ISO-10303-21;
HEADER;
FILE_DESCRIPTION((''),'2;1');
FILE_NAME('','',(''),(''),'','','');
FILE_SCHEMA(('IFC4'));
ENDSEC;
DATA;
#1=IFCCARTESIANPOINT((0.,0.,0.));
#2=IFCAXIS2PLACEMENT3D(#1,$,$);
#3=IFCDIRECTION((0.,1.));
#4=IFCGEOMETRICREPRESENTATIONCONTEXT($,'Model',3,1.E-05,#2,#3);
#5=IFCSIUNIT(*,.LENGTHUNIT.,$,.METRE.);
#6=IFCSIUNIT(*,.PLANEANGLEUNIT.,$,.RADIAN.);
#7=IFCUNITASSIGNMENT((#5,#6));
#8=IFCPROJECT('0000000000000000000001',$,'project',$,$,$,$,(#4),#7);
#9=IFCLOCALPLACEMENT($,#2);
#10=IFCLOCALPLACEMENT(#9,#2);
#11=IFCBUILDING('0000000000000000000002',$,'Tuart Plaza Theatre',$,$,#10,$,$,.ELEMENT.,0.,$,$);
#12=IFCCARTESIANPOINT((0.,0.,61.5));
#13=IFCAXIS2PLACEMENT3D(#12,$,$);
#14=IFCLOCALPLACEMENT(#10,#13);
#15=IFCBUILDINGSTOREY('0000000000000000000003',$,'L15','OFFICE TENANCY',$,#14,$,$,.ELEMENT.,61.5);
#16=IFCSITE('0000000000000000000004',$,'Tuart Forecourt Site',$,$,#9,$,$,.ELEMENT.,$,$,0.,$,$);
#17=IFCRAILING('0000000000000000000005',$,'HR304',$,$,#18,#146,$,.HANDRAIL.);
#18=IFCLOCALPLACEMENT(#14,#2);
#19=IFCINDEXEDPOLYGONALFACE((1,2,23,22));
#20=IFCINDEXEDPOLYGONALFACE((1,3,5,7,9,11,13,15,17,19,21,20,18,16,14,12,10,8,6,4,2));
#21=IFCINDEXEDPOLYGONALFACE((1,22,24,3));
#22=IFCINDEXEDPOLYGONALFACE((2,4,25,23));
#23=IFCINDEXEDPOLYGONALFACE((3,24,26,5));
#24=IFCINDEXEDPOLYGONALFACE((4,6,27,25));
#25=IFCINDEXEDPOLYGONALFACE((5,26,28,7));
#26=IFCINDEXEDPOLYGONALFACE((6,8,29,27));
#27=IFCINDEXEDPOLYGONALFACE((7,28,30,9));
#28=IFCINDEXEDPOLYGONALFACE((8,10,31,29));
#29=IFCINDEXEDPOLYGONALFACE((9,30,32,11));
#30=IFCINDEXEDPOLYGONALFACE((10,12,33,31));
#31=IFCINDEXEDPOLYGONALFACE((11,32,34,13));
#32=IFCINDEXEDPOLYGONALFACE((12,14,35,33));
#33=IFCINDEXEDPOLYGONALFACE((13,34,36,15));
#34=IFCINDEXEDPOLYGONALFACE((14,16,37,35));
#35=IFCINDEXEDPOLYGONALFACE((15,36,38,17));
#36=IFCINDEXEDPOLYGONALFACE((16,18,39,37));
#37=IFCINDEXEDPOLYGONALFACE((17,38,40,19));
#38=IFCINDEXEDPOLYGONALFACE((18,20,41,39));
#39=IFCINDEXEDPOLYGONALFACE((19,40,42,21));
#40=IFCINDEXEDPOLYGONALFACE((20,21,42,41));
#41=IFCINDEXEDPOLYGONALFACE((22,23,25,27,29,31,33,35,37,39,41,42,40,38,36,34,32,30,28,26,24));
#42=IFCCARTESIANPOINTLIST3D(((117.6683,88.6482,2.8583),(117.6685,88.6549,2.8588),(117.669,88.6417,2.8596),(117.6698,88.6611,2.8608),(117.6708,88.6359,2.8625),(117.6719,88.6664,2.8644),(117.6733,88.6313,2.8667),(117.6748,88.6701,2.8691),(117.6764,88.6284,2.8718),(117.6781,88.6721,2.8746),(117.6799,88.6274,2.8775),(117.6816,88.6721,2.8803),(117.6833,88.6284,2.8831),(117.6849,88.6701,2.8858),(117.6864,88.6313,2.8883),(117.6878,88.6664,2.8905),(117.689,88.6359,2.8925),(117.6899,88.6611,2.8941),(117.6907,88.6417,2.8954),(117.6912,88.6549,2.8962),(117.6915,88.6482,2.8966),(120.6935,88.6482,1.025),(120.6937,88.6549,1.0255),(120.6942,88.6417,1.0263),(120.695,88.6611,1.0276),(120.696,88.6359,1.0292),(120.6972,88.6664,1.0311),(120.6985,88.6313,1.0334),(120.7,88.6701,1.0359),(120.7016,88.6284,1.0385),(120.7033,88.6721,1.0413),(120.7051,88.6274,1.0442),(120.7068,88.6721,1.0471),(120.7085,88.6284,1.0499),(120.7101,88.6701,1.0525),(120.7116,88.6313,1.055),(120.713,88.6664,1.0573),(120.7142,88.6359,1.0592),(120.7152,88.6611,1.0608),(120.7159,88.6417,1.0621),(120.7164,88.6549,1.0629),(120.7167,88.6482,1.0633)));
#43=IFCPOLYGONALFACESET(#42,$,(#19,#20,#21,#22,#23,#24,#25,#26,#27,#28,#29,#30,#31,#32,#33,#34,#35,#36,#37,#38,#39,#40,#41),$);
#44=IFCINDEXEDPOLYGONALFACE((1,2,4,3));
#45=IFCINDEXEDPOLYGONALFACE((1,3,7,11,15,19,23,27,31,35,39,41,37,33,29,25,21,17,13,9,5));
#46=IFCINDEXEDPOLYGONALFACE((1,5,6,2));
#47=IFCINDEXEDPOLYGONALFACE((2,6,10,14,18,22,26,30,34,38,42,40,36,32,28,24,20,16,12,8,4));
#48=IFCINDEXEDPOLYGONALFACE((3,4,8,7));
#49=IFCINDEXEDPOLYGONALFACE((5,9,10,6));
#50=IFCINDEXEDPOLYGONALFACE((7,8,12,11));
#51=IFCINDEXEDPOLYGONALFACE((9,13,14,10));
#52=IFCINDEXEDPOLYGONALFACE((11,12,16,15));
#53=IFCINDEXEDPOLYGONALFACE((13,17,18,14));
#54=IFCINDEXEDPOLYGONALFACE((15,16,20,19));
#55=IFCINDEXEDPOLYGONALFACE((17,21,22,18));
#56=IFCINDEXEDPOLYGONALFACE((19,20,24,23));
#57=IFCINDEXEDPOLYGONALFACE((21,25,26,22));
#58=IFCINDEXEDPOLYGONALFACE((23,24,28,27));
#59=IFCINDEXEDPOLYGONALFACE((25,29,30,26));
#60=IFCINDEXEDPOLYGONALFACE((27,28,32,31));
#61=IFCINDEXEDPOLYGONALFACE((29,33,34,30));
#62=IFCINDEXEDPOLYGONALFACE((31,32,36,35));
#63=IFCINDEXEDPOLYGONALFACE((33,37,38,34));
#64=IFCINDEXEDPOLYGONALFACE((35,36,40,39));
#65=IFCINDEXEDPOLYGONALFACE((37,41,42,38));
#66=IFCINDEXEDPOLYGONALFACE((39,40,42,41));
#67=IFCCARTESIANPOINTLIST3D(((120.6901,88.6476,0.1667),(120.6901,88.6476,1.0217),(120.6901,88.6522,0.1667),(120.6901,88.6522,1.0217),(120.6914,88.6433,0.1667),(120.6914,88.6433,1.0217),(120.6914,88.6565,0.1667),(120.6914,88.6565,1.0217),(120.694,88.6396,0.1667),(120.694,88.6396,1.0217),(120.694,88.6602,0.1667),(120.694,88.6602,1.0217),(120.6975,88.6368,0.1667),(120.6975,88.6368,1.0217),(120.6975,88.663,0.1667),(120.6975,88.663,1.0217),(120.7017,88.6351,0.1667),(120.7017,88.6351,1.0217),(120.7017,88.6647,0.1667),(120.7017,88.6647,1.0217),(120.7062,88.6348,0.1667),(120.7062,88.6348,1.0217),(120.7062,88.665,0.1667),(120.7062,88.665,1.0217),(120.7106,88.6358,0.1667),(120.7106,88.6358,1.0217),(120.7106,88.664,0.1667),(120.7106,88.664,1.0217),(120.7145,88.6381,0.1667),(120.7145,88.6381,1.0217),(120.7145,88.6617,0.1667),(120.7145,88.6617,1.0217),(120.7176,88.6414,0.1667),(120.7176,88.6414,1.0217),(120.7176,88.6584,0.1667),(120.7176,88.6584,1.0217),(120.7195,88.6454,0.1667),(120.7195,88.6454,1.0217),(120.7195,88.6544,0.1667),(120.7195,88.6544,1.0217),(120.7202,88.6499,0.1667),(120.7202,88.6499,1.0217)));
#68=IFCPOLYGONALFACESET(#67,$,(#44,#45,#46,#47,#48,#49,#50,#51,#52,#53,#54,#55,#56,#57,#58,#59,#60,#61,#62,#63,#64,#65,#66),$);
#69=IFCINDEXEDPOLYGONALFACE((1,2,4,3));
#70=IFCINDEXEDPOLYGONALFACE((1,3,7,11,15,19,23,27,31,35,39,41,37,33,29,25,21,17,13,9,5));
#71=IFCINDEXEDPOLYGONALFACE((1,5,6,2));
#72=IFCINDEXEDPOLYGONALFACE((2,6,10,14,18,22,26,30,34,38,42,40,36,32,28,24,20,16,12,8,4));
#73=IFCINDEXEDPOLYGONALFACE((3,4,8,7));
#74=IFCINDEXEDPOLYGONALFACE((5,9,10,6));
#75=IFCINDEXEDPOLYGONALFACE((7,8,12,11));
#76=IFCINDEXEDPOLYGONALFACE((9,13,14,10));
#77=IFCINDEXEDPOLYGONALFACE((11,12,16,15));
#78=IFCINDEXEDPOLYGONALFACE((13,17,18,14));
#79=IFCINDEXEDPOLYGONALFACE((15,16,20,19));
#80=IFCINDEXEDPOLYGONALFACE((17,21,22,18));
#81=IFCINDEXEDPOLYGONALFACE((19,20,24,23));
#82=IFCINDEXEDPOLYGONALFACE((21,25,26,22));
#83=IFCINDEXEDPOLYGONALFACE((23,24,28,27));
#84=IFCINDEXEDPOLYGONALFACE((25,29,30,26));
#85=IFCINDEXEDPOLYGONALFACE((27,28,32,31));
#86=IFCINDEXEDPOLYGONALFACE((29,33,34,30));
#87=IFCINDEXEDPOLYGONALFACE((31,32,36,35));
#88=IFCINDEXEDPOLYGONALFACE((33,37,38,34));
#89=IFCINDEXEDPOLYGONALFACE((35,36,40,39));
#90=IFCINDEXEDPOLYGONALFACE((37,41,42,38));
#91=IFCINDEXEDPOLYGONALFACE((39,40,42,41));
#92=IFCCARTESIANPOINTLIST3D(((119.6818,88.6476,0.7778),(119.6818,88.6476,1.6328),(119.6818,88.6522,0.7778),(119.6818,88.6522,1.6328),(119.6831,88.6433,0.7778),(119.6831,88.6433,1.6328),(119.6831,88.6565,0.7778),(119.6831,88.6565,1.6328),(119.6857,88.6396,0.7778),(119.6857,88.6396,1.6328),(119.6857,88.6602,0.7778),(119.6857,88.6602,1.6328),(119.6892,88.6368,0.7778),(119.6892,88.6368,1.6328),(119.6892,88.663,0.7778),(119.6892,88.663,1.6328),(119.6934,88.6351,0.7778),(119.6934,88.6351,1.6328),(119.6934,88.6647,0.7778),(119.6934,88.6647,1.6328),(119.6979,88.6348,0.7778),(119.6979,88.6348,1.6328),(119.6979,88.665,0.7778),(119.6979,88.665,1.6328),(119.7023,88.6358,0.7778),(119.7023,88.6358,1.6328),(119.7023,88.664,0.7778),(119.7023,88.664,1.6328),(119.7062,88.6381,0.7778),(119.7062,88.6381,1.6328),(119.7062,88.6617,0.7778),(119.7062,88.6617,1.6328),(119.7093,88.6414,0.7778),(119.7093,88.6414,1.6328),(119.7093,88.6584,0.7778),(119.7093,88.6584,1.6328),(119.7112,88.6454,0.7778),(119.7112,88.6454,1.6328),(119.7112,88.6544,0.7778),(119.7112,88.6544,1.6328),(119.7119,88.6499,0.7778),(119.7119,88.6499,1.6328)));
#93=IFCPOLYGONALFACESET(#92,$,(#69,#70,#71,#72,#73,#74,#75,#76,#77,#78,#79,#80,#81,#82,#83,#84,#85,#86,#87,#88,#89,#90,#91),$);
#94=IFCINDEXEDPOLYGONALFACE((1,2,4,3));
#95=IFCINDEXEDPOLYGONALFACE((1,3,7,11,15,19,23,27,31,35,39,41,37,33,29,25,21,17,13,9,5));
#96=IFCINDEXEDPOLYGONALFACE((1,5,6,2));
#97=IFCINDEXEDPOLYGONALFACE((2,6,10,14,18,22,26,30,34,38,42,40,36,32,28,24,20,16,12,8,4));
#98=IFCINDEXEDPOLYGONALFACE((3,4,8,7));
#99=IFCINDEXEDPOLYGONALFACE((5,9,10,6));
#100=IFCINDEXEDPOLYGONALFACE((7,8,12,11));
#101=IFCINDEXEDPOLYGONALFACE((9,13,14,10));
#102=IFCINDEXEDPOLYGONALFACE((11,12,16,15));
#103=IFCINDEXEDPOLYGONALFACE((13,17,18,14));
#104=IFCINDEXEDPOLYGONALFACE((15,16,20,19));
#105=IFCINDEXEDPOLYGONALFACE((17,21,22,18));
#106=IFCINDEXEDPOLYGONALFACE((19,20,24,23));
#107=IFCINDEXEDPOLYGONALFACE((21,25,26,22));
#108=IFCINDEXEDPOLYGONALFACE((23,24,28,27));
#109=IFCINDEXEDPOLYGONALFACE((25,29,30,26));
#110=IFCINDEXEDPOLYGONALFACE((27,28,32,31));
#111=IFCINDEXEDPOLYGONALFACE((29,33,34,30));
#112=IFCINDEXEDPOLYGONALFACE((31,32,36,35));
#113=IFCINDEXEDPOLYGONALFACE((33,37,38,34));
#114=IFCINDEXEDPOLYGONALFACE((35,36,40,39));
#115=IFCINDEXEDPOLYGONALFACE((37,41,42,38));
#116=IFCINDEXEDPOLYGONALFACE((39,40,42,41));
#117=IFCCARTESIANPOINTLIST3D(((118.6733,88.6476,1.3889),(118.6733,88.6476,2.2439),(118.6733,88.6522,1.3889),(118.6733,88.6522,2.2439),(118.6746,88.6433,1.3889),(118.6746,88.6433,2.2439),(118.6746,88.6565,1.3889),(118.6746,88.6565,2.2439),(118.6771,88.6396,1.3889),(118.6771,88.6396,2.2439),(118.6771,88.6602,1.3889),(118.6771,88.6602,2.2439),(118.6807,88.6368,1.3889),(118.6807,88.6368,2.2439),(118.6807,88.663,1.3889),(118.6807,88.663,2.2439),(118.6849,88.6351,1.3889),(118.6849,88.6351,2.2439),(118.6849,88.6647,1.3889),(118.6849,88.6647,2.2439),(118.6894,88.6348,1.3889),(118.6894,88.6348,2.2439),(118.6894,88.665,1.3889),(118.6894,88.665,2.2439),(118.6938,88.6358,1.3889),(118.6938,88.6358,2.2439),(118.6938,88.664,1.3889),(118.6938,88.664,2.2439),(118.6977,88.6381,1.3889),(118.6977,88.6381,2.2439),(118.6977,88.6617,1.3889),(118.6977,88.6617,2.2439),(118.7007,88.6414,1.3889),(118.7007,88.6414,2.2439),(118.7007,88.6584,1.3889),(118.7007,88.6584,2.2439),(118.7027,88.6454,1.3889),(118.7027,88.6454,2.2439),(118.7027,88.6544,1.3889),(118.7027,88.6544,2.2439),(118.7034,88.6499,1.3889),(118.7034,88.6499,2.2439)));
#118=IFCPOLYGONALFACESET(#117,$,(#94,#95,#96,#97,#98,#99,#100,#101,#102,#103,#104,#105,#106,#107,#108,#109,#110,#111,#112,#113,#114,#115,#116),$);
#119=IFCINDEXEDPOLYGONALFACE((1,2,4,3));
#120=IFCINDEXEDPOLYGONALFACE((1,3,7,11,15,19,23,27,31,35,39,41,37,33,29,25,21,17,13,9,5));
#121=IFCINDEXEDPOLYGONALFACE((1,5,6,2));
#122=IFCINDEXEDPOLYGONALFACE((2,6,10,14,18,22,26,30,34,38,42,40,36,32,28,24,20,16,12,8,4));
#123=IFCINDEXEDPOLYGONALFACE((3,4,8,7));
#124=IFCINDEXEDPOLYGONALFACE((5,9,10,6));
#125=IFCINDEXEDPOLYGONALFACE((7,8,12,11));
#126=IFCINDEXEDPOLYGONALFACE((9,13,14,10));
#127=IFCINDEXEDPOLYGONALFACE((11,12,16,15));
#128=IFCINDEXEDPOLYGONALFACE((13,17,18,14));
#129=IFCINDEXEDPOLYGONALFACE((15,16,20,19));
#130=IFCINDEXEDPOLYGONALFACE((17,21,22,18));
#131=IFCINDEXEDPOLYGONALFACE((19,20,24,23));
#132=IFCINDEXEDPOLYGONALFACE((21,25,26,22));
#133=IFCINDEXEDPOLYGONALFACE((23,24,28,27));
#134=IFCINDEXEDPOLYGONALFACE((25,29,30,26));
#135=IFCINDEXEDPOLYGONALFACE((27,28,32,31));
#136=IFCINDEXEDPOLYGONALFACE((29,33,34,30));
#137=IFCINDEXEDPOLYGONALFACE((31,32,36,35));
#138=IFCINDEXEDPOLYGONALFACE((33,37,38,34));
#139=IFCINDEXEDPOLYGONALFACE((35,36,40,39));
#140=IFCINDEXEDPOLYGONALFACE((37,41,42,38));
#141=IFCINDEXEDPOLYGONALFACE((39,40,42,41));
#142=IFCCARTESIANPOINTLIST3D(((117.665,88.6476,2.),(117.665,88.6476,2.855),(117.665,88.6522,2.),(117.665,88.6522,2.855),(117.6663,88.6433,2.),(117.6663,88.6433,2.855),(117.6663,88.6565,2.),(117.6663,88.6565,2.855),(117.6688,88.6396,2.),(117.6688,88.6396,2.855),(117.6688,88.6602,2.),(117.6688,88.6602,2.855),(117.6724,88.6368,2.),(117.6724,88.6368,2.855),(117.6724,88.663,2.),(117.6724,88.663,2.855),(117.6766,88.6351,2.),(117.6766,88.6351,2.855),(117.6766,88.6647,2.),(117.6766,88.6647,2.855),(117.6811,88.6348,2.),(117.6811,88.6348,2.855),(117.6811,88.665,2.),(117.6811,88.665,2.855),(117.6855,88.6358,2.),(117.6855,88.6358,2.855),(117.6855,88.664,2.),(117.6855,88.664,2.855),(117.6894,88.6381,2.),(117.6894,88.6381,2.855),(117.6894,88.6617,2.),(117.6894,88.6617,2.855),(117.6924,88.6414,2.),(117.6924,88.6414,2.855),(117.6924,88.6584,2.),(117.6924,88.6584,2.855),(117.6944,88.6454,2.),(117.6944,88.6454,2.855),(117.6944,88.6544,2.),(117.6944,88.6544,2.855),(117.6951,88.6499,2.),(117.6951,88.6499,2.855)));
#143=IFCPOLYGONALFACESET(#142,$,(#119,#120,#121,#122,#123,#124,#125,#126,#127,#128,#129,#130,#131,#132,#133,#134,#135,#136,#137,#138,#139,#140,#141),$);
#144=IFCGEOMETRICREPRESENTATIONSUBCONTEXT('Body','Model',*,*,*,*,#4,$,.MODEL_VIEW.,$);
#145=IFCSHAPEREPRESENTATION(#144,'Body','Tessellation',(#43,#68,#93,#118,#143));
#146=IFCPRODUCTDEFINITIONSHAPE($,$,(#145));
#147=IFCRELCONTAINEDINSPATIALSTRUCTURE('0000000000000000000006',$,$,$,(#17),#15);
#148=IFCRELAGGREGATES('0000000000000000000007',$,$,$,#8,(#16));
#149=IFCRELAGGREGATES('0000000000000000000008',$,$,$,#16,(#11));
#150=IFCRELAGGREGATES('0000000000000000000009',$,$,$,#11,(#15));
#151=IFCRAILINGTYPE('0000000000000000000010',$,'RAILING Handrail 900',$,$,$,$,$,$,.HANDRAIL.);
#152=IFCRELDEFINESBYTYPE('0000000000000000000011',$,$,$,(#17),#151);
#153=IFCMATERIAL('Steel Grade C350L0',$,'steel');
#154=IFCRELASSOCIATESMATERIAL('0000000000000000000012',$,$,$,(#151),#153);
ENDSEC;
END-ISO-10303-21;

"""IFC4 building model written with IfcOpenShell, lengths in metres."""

from ifc_helpers import new_model, si_unit, direction, frame, origin, origin_2d, place, context, subcontext, project, spatial, circle, extrude, material, type_object, element, save


model = new_model("IFC4")

# Units and contexts
model_context = context("Model", 3, precision=1e-05, world=origin(), true_north=direction((0.0, 1.0)))
body_context = subcontext(model_context, "Body", "Model", "MODEL_VIEW")
ifc_project = project(units=[si_unit("LENGTHUNIT", "METRE"), si_unit("PLANEANGLEUNIT", "RADIAN")], contexts=[model_context])

# Site, building, storey
site_placement = place(None, origin())
site = spatial("IfcSite", under=ifc_project, at=site_placement, Name="Tuart Forecourt Site", CompositionType="ELEMENT", RefElevation=0.0)
building_placement = place(site_placement, origin())
building = spatial("IfcBuilding", under=site, at=building_placement, Name="Tuart Plaza Theatre", CompositionType="ELEMENT", ElevationOfRefHeight=0.0)
storey_placement = place(building_placement, frame((0.0, 0.0, 61.5)))
storey = spatial("IfcBuildingStorey", under=building, at=storey_placement, Name="L15", Description="OFFICE TENANCY", CompositionType="ELEMENT", Elevation=61.5)

# Railing
ifc_material_1 = material(Name="Steel Grade C350L0", Category="steel")
railing_type_1 = type_object("IfcRailingType", Name="RAILING Handrail 900", PredefinedType="HANDRAIL", material=ifc_material_1)
for number, where, name in (
    (1, (120.7051, 88.6499, 0.1667), "HR304"),
):
    element("IfcRailing", number, at=place(storey_placement, frame(where)), inside=storey, type_object=railing_type_1, Name=name, PredefinedType="HANDRAIL", context=body_context, shape_type="SweptSolid", body=[
        extrude(circle(Radius=0.0225, at=origin_2d()), frame((0.0, 0.0, 0.8774), z_axis=(-0.855219, 0.0, 0.518267), x_axis=(0.0, -1.0, 0.0)), (0.0, 0.0, 1.0), 3.5374),
        extrude(circle(Radius=0.0151, at=origin_2d()), origin(), (0.0, 0.0, 1.0), 0.855),
        extrude(circle(Radius=0.0151, at=origin_2d()), frame((-1.0083, 0.0, 0.6111)), (0.0, 0.0, 1.0), 0.855),
        extrude(circle(Radius=0.0151, at=origin_2d()), frame((-2.0168, 0.0, 1.2222)), (0.0, 0.0, 1.0), 0.855),
        extrude(circle(Radius=0.0151, at=origin_2d()), frame((-3.0251, 0.0, 1.8333)), (0.0, 0.0, 1.0), 0.855),
    ])

save(model, "model.ifc")
